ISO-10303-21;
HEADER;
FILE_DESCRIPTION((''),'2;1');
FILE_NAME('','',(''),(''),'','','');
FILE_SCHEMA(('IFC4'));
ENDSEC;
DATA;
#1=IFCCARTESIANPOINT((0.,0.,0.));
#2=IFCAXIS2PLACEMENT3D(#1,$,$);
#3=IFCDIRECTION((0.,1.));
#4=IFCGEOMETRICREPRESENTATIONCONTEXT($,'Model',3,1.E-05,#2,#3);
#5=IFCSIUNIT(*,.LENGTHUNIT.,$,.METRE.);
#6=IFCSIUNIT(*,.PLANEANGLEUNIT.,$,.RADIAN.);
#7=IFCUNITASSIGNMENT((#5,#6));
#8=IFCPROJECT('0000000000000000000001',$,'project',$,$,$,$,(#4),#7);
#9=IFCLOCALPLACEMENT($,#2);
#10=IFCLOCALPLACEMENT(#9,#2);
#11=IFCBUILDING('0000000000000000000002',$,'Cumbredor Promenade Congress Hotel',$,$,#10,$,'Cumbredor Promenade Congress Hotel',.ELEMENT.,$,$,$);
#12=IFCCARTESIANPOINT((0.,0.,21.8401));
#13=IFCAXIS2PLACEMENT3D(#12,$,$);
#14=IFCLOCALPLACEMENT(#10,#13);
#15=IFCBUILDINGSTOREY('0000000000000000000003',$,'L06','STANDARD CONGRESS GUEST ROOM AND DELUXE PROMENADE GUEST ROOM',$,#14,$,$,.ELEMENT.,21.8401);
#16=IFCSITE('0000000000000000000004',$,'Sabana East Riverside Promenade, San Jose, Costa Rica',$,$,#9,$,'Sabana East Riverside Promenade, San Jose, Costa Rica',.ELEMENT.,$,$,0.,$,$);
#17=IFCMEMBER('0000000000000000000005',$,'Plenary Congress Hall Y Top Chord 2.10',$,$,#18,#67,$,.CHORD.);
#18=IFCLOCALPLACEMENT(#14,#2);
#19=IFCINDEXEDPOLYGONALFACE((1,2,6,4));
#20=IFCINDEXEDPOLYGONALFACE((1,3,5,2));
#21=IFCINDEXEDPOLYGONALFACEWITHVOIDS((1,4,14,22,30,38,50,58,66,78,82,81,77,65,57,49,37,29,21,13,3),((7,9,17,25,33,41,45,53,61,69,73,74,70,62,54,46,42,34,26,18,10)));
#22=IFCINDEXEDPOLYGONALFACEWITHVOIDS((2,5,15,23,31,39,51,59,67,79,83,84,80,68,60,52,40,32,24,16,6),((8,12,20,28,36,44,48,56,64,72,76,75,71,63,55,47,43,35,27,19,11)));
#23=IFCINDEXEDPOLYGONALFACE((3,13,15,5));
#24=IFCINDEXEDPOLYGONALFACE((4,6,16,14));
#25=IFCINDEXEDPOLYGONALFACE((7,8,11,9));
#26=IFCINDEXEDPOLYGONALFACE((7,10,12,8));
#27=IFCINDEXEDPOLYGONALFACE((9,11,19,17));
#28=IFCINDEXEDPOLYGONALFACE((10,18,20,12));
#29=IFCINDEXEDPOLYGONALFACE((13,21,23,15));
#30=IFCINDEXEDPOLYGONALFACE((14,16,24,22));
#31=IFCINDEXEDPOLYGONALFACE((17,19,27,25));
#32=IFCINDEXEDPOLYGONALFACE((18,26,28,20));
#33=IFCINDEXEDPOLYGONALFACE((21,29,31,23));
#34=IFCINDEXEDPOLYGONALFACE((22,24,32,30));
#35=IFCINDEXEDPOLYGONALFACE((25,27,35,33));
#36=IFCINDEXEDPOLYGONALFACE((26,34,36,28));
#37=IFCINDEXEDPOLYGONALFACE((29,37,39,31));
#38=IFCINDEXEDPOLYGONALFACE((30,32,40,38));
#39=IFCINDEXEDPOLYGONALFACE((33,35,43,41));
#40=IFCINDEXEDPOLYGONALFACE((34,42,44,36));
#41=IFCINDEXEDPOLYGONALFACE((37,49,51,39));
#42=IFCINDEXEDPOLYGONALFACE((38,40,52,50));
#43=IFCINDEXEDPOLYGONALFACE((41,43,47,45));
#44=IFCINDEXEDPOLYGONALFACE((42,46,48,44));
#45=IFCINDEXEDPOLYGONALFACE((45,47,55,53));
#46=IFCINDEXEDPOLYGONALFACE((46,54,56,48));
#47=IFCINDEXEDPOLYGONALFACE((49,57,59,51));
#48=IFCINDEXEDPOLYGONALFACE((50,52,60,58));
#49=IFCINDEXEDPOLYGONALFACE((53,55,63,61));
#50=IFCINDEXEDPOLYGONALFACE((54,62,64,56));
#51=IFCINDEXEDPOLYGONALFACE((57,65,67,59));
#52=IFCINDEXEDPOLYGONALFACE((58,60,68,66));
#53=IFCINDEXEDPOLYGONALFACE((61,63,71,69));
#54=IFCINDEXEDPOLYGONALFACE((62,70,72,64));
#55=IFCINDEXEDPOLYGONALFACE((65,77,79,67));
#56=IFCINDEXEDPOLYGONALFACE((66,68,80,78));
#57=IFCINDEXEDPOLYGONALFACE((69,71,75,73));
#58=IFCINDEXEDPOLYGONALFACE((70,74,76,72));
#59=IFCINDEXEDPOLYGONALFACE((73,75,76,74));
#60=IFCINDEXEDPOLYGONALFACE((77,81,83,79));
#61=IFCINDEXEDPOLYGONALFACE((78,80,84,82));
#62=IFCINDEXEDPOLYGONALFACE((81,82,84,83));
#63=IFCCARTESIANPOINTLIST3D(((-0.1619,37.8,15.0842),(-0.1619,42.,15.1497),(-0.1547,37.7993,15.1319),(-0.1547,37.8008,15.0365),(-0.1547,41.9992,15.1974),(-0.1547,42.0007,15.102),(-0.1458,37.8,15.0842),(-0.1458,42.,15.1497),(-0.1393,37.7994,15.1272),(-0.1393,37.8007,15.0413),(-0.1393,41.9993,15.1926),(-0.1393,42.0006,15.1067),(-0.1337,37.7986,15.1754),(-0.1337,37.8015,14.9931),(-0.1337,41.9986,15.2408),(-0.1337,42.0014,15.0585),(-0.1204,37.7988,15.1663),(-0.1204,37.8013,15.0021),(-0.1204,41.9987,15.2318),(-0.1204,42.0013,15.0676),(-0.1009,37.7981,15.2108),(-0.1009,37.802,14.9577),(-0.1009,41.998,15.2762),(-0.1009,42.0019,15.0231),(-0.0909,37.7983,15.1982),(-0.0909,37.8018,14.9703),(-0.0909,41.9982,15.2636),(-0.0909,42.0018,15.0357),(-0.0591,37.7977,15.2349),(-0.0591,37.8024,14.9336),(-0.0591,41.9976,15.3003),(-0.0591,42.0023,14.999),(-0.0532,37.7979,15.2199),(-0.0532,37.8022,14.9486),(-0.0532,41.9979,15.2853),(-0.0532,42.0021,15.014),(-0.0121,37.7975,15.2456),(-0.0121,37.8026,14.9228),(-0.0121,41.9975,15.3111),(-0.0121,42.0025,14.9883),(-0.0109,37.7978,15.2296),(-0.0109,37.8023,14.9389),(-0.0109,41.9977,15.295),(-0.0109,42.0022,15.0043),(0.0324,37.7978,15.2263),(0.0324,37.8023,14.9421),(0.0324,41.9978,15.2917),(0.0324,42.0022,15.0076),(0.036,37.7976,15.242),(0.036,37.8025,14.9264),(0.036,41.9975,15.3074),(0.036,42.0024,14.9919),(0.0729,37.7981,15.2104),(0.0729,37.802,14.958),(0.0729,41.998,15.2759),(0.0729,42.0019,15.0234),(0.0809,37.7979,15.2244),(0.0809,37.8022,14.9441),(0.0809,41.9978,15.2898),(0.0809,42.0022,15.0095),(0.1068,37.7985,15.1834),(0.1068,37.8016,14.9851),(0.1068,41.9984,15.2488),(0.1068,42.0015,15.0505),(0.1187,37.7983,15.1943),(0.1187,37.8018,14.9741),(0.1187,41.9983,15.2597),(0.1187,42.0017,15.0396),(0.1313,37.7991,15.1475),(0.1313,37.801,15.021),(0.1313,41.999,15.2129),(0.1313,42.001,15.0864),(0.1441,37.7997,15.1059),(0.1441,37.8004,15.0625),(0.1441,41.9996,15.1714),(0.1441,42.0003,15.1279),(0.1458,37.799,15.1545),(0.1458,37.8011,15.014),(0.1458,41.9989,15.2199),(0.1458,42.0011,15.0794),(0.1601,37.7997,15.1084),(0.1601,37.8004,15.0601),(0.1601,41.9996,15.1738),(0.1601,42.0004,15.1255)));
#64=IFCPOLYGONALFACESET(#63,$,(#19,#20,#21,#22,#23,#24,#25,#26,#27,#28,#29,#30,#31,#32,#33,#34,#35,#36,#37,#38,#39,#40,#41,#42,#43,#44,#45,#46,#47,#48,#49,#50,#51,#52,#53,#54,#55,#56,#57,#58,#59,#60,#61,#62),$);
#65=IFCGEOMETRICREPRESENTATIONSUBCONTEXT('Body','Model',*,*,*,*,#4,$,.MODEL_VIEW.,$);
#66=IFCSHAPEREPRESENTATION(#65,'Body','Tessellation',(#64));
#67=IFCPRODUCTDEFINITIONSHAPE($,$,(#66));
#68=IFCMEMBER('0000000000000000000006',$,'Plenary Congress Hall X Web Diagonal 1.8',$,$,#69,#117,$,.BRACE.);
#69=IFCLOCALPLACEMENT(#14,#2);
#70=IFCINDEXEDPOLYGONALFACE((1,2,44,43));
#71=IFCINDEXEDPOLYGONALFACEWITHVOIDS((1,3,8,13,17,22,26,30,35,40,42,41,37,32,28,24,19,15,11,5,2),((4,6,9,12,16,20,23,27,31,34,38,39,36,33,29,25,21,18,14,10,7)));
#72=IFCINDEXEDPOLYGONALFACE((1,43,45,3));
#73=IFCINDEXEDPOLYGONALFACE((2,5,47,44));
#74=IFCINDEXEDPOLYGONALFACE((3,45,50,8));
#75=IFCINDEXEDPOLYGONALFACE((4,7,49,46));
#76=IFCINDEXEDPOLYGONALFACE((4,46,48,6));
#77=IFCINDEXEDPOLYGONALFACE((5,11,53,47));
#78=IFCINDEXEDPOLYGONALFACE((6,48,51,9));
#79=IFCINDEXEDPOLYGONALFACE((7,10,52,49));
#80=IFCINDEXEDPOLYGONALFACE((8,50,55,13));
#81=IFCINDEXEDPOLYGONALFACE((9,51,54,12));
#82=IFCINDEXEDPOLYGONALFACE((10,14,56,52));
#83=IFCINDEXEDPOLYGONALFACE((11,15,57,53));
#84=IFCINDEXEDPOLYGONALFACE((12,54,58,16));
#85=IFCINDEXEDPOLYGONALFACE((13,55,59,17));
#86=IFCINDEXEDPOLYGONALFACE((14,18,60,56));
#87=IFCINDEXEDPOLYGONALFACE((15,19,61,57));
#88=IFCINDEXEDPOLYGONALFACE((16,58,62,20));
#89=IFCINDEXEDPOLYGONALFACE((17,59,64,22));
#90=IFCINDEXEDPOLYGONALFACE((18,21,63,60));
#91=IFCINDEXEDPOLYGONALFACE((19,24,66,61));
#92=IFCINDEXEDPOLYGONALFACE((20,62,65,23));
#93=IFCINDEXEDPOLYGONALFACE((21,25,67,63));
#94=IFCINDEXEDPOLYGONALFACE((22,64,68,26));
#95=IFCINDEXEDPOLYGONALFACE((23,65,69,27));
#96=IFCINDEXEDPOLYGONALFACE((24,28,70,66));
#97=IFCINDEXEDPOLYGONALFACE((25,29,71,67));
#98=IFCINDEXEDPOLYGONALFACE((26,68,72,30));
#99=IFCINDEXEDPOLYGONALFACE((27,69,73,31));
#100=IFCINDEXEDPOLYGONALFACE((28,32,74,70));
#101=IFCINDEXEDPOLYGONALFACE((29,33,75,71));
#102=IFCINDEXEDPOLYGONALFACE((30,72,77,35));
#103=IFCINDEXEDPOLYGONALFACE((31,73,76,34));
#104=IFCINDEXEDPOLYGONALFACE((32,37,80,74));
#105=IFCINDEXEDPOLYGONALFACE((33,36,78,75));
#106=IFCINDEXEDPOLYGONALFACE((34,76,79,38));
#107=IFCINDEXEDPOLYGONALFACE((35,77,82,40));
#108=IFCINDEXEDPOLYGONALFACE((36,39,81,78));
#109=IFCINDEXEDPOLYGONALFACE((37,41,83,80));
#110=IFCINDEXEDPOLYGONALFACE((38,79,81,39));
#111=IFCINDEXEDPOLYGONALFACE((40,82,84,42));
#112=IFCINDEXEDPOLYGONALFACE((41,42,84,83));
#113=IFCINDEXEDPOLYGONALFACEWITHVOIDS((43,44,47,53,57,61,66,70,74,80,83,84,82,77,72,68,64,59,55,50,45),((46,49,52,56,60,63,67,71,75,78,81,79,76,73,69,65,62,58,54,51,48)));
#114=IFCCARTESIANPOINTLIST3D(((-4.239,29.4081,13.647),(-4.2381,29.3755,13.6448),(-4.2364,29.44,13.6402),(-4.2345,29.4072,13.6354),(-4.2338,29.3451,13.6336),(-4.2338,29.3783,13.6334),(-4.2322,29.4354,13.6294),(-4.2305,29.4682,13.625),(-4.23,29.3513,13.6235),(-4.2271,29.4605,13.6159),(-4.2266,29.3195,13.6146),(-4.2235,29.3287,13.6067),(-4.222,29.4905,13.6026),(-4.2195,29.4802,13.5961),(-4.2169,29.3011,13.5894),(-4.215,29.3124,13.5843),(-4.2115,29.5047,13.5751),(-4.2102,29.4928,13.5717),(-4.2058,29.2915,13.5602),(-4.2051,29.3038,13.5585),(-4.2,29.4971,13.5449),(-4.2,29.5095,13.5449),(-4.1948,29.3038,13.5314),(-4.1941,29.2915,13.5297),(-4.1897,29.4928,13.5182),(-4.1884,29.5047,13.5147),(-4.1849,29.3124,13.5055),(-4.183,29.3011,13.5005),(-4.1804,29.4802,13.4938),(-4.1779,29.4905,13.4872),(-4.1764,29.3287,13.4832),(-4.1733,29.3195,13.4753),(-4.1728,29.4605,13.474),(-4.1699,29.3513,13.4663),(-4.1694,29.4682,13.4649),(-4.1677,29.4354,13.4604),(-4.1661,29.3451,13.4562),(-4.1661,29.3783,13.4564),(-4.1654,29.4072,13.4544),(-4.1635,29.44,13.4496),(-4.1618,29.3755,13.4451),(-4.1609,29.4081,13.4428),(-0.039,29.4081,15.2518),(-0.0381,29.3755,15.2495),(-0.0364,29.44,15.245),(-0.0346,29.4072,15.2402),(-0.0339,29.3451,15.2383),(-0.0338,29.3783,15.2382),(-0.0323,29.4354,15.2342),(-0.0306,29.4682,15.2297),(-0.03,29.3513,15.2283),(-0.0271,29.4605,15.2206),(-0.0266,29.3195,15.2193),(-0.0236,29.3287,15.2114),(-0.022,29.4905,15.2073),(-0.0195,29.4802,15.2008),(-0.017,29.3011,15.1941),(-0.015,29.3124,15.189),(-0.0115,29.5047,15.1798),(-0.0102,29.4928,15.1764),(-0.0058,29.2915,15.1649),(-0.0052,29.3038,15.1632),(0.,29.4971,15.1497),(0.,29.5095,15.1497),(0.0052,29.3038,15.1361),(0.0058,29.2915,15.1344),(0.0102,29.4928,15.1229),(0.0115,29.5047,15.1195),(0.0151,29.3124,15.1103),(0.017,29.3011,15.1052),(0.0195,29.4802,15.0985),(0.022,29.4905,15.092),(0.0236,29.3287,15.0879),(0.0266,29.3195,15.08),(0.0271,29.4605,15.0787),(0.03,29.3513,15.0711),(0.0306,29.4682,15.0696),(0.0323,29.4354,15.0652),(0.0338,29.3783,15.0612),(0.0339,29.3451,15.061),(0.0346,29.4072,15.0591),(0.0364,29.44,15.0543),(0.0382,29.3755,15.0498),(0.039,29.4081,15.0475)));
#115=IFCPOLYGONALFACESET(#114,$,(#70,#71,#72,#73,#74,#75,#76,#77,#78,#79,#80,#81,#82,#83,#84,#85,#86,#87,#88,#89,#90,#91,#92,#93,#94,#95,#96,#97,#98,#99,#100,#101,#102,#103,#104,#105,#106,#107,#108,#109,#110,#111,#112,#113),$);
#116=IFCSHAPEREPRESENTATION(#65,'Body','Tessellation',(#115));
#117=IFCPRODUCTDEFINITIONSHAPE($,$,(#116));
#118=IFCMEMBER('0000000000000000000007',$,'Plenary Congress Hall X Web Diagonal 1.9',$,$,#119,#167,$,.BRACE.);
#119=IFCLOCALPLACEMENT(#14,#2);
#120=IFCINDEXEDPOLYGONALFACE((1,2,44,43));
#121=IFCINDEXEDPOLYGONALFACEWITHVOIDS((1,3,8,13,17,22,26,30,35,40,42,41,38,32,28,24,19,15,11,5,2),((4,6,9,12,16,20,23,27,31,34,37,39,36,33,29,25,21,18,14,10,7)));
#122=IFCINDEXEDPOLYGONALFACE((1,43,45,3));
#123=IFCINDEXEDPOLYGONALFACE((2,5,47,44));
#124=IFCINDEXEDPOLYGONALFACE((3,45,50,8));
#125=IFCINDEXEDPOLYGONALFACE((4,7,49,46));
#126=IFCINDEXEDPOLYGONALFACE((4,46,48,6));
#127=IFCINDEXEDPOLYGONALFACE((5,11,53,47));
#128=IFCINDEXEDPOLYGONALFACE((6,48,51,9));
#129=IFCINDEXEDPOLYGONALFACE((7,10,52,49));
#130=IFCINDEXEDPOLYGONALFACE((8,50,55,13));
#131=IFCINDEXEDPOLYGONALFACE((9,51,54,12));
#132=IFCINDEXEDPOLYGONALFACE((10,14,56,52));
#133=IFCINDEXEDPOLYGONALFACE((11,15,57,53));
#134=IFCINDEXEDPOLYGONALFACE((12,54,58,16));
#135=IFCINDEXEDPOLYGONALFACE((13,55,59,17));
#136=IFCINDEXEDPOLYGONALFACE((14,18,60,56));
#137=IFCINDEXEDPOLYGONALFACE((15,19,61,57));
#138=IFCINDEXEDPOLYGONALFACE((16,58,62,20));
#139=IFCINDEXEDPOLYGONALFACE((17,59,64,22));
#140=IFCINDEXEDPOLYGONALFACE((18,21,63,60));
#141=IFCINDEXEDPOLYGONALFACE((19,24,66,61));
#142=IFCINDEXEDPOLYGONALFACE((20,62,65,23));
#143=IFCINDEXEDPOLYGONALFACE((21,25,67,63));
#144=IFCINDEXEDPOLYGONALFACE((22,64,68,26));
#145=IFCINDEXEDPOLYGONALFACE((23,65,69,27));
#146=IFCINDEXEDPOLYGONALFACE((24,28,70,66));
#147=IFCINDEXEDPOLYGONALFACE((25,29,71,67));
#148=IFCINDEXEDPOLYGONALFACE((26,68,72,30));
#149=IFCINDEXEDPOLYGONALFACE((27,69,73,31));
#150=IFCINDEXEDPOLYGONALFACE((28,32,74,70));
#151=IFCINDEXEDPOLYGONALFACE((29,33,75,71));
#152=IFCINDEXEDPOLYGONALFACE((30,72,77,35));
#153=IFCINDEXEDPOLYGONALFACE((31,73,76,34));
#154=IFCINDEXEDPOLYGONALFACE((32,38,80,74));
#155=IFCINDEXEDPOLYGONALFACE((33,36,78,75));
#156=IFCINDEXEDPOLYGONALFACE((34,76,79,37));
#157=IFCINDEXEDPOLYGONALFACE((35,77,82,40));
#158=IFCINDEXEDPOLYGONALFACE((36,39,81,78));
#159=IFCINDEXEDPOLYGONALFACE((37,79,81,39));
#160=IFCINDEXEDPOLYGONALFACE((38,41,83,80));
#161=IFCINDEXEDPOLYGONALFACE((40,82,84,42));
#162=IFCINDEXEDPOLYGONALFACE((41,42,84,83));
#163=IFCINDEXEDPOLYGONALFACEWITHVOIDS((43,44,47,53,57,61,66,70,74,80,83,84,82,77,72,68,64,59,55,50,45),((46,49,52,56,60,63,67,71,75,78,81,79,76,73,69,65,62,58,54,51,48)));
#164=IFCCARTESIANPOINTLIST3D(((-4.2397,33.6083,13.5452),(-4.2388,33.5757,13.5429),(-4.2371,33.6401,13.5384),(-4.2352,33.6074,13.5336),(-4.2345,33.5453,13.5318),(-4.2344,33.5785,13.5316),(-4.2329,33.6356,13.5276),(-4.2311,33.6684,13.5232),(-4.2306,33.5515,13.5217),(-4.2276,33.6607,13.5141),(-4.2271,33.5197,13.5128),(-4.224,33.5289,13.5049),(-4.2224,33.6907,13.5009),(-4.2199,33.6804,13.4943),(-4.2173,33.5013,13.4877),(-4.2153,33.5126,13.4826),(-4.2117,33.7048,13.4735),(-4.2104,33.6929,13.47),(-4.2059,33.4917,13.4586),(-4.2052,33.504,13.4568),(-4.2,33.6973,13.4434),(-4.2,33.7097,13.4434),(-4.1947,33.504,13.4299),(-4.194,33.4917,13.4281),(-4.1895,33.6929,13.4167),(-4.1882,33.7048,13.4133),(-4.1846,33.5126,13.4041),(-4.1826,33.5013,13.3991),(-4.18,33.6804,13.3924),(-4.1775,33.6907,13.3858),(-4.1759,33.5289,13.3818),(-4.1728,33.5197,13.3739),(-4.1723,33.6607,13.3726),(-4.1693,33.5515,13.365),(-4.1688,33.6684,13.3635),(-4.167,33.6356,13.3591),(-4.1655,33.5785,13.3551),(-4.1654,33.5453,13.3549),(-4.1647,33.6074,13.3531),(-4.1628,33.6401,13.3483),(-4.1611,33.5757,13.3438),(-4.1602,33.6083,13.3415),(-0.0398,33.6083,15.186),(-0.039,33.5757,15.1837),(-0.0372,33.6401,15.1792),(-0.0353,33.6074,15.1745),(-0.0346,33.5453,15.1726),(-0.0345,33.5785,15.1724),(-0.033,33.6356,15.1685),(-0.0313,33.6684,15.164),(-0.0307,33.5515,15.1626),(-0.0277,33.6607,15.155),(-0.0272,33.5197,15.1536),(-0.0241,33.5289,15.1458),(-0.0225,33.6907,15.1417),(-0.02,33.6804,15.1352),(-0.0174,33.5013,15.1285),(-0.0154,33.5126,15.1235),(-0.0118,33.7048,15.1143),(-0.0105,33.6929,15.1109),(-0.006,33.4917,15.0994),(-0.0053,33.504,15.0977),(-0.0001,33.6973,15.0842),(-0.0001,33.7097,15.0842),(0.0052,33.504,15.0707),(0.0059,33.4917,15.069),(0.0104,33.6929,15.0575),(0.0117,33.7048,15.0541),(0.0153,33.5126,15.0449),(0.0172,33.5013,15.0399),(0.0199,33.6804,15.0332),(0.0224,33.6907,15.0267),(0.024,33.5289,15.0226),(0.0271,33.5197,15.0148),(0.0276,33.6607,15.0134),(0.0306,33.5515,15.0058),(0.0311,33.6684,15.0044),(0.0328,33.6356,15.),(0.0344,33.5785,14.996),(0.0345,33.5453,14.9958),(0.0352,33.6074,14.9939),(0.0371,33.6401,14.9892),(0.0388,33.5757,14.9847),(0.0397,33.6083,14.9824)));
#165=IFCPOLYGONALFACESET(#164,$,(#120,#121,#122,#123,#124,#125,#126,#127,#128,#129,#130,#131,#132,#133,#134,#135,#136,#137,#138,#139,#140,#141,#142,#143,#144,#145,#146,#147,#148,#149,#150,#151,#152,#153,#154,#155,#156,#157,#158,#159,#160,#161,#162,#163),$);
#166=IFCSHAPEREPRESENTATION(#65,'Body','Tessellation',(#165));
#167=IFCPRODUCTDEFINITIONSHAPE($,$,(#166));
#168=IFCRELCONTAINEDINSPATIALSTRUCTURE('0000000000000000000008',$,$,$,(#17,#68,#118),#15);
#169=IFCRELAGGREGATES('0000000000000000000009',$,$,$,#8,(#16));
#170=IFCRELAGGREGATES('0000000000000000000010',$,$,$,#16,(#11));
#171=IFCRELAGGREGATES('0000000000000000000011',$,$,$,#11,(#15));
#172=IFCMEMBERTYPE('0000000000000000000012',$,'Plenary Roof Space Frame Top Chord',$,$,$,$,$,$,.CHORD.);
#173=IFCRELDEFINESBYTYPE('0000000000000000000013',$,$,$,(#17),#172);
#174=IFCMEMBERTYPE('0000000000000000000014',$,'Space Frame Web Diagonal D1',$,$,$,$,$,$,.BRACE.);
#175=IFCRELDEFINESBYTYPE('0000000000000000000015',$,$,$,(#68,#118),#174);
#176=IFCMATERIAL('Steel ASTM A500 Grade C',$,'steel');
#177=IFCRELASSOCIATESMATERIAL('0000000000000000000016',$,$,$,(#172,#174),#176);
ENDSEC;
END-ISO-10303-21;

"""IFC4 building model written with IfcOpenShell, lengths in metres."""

from ifc_helpers import new_model, si_unit, direction, frame, origin, origin_2d, place, context, subcontext, project, spatial, hollow_circle, extrude, material, material_profile, profile_set, type_object, element, save


model = new_model("IFC4")

# Units and contexts
model_context = context("Model", 3, precision=1e-05, world=origin(), true_north=direction((0.0, 1.0)))
body_context = subcontext(model_context, "Body", "Model", "MODEL_VIEW")
ifc_project = project(units=[si_unit("LENGTHUNIT", "METRE"), si_unit("PLANEANGLEUNIT", "RADIAN")], contexts=[model_context])

# Site, building, storey
site_placement = place(None, origin())
site = spatial("IfcSite", under=ifc_project, at=site_placement, Name="Sabana East Riverside Promenade, San Jose, Costa Rica", LongName="Sabana East Riverside Promenade, San Jose, Costa Rica", CompositionType="ELEMENT", RefElevation=0.0)
building_placement = place(site_placement, origin())
building = spatial("IfcBuilding", under=site, at=building_placement, Name="Cumbredor Promenade Congress Hotel", LongName="Cumbredor Promenade Congress Hotel", CompositionType="ELEMENT")
storey_placement = place(building_placement, frame((0.0, 0.0, 21.8401)))
storey = spatial("IfcBuildingStorey", under=building, at=storey_placement, Name="L06", Description="STANDARD CONGRESS GUEST ROOM AND DELUXE PROMENADE GUEST ROOM", CompositionType="ELEMENT", Elevation=21.8401)

# Members
ifc_material_1 = material(Name="Steel ASTM A500 Grade C", Category="steel")
ifc_material_profile_1 = material_profile(ifc_material_1, hollow_circle(Radius=0.1619, WallThickness=0.0161, at=origin_2d()), Name="CHS 323.9x16")
ifc_profile_set_1 = profile_set([ifc_material_profile_1], Name="Steel ASTM A500 Grade C")
member_type_1 = type_object("IfcMemberType", Name="Plenary Roof Space Frame Top Chord", PredefinedType="CHORD", material=ifc_profile_set_1)
member_1_placement = place(storey_placement, frame((0.0, 37.8, 15.0842), z_axis=(0.0, 0.999879, 0.015577), x_axis=(-1.0, 0.0, 0.0)))
element("IfcMember", 1, at=member_1_placement, inside=storey, type_object=member_type_1, Name="Plenary Congress Hall Y Top Chord 2.10", PredefinedType="CHORD", context=body_context, shape_type="SweptSolid", body=[
    extrude(hollow_circle(Radius=0.1619, WallThickness=0.0161, at=origin_2d()), origin(), (0.0, 0.0, 1.0), 4.2004),
])
ifc_material_profile_2 = material_profile(ifc_material_1, hollow_circle(Radius=0.1096, WallThickness=0.0125, at=origin_2d()), Name="CHS 219.1x12.5")
ifc_profile_set_2 = profile_set([ifc_material_profile_2], Name="Steel ASTM A500 Grade C")
member_type_2 = type_object("IfcMemberType", Name="Space Frame Web Diagonal D1", PredefinedType="BRACE", material=ifc_profile_set_2)
member_2_placement = place(storey_placement, frame((-4.2, 29.3999, 13.5449), z_axis=(0.934135, 0.0, 0.356919), x_axis=(0.0, 1.0, 0.0)))
element("IfcMember", 2, at=member_2_placement, inside=storey, type_object=member_type_2, Name="Plenary Congress Hall X Web Diagonal 1.8", PredefinedType="BRACE", context=body_context, shape_type="SweptSolid", body=[
    extrude(hollow_circle(Radius=0.1096, WallThickness=0.0125, at=origin_2d()), origin(), (0.0, 0.0, 1.0), 4.4961),
])
member_3_placement = place(storey_placement, frame((-4.2, 33.6001, 13.4434), z_axis=(0.931438, 0.0, 0.363901), x_axis=(0.0, 1.0, 0.0)))
element("IfcMember", 3, at=member_3_placement, inside=storey, type_object=member_type_2, Name="Plenary Congress Hall X Web Diagonal 1.9", PredefinedType="BRACE", context=body_context, shape_type="SweptSolid", body=[
    extrude(hollow_circle(Radius=0.1096, WallThickness=0.0125, at=origin_2d()), origin(), (0.0, 0.0, 1.0), 4.509),
])

save(model, "model.ifc")
